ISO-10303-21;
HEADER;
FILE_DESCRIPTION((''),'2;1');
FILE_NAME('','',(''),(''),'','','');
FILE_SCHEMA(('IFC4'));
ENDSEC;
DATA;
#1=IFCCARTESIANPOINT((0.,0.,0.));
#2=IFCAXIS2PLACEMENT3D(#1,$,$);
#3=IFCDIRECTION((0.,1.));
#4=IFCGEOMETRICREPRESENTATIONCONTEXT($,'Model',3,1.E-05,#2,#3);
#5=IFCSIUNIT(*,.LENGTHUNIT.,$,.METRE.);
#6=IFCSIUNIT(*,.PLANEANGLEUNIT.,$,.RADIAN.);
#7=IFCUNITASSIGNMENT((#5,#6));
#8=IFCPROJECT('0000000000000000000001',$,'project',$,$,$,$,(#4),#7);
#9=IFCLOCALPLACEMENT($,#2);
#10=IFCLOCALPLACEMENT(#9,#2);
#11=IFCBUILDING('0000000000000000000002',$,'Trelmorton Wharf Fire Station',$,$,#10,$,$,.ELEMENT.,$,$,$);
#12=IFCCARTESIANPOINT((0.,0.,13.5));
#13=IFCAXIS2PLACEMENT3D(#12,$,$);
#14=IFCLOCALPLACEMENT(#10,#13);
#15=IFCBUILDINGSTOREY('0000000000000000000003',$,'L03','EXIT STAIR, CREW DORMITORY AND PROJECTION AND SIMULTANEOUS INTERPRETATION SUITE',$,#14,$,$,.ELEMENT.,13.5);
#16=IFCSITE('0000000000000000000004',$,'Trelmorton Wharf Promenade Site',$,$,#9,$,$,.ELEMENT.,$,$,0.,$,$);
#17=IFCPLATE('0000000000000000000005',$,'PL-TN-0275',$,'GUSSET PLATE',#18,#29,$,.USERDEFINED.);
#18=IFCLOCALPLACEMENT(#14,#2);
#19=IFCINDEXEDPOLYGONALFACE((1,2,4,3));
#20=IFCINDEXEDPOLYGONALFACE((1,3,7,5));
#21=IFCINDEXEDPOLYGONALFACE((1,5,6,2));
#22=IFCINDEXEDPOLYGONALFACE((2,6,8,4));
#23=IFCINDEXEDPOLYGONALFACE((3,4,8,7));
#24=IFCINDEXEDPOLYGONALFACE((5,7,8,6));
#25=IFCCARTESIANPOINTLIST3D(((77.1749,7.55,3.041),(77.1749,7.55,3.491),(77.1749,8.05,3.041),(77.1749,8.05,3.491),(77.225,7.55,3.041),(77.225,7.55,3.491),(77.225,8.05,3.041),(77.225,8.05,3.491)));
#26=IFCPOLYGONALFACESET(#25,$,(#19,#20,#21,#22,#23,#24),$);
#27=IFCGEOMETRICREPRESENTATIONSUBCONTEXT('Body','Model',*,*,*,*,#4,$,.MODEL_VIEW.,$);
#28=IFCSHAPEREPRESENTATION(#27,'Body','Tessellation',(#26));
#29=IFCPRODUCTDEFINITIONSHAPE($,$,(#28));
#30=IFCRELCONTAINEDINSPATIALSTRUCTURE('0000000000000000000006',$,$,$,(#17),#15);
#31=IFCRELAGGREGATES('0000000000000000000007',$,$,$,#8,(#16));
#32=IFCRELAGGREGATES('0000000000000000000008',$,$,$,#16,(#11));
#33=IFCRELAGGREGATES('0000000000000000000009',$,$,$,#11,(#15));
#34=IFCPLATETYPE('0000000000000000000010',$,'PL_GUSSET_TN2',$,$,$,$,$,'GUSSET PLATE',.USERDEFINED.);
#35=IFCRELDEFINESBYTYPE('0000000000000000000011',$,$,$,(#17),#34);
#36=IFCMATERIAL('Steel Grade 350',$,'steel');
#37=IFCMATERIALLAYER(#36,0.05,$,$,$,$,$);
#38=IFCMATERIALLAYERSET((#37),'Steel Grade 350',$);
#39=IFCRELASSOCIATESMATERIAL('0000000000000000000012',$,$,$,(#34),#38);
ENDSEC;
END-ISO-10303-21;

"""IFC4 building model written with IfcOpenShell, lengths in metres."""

from ifc_helpers import new_model, si_unit, direction, frame, origin, origin_2d, place, context, subcontext, project, spatial, rectangle, extrude, material, layer, layer_set, type_object, element, save


model = new_model("IFC4")

# Units and contexts
model_context = context("Model", 3, precision=1e-05, world=origin(), true_north=direction((0.0, 1.0)))
body_context = subcontext(model_context, "Body", "Model", "MODEL_VIEW")
ifc_project = project(units=[si_unit("LENGTHUNIT", "METRE"), si_unit("PLANEANGLEUNIT", "RADIAN")], contexts=[model_context])

# Site, building, storey
site_placement = place(None, origin())
site = spatial("IfcSite", under=ifc_project, at=site_placement, Name="Trelmorton Wharf Promenade Site", CompositionType="ELEMENT", RefElevation=0.0)
building_placement = place(site_placement, origin())
building = spatial("IfcBuilding", under=site, at=building_placement, Name="Trelmorton Wharf Fire Station", CompositionType="ELEMENT")
storey_placement = place(building_placement, frame((0.0, 0.0, 13.5)))
storey = spatial("IfcBuildingStorey", under=building, at=storey_placement, Name="L03", Description="EXIT STAIR, CREW DORMITORY AND PROJECTION AND SIMULTANEOUS INTERPRETATION SUITE", CompositionType="ELEMENT", Elevation=13.5)

# Shared definitions
ifc_material_1 = material(Name="Steel Grade 350", Category="steel")

# Plate
ifc_layer_1 = layer(ifc_material_1, 0.05)
ifc_layer_set_1 = layer_set([ifc_layer_1], Name="Steel Grade 350")
plate_type_1 = type_object("IfcPlateType", Name="PL_GUSSET_TN2", ElementType="GUSSET PLATE", PredefinedType="USERDEFINED", material=ifc_layer_set_1)
for number, where, z_axis, x_axis, name in (
    (1, (77.2, 7.8, 3.041), (0.0, 0.0, 1.0), (1.0, 0.0, 0.0), "PL-TN-0275"),
):
    element("IfcPlate", number, at=place(storey_placement, frame(where, z_axis=z_axis, x_axis=x_axis)), inside=storey, type_object=plate_type_1, Name=name, ObjectType="GUSSET PLATE", PredefinedType="USERDEFINED", context=body_context, shape_type="SweptSolid", body=[
        extrude(rectangle(XDim=0.05, YDim=0.5, at=origin_2d()), origin(), (0.0, 0.0, 1.0), 0.45),
    ])

save(model, "model.ifc")
